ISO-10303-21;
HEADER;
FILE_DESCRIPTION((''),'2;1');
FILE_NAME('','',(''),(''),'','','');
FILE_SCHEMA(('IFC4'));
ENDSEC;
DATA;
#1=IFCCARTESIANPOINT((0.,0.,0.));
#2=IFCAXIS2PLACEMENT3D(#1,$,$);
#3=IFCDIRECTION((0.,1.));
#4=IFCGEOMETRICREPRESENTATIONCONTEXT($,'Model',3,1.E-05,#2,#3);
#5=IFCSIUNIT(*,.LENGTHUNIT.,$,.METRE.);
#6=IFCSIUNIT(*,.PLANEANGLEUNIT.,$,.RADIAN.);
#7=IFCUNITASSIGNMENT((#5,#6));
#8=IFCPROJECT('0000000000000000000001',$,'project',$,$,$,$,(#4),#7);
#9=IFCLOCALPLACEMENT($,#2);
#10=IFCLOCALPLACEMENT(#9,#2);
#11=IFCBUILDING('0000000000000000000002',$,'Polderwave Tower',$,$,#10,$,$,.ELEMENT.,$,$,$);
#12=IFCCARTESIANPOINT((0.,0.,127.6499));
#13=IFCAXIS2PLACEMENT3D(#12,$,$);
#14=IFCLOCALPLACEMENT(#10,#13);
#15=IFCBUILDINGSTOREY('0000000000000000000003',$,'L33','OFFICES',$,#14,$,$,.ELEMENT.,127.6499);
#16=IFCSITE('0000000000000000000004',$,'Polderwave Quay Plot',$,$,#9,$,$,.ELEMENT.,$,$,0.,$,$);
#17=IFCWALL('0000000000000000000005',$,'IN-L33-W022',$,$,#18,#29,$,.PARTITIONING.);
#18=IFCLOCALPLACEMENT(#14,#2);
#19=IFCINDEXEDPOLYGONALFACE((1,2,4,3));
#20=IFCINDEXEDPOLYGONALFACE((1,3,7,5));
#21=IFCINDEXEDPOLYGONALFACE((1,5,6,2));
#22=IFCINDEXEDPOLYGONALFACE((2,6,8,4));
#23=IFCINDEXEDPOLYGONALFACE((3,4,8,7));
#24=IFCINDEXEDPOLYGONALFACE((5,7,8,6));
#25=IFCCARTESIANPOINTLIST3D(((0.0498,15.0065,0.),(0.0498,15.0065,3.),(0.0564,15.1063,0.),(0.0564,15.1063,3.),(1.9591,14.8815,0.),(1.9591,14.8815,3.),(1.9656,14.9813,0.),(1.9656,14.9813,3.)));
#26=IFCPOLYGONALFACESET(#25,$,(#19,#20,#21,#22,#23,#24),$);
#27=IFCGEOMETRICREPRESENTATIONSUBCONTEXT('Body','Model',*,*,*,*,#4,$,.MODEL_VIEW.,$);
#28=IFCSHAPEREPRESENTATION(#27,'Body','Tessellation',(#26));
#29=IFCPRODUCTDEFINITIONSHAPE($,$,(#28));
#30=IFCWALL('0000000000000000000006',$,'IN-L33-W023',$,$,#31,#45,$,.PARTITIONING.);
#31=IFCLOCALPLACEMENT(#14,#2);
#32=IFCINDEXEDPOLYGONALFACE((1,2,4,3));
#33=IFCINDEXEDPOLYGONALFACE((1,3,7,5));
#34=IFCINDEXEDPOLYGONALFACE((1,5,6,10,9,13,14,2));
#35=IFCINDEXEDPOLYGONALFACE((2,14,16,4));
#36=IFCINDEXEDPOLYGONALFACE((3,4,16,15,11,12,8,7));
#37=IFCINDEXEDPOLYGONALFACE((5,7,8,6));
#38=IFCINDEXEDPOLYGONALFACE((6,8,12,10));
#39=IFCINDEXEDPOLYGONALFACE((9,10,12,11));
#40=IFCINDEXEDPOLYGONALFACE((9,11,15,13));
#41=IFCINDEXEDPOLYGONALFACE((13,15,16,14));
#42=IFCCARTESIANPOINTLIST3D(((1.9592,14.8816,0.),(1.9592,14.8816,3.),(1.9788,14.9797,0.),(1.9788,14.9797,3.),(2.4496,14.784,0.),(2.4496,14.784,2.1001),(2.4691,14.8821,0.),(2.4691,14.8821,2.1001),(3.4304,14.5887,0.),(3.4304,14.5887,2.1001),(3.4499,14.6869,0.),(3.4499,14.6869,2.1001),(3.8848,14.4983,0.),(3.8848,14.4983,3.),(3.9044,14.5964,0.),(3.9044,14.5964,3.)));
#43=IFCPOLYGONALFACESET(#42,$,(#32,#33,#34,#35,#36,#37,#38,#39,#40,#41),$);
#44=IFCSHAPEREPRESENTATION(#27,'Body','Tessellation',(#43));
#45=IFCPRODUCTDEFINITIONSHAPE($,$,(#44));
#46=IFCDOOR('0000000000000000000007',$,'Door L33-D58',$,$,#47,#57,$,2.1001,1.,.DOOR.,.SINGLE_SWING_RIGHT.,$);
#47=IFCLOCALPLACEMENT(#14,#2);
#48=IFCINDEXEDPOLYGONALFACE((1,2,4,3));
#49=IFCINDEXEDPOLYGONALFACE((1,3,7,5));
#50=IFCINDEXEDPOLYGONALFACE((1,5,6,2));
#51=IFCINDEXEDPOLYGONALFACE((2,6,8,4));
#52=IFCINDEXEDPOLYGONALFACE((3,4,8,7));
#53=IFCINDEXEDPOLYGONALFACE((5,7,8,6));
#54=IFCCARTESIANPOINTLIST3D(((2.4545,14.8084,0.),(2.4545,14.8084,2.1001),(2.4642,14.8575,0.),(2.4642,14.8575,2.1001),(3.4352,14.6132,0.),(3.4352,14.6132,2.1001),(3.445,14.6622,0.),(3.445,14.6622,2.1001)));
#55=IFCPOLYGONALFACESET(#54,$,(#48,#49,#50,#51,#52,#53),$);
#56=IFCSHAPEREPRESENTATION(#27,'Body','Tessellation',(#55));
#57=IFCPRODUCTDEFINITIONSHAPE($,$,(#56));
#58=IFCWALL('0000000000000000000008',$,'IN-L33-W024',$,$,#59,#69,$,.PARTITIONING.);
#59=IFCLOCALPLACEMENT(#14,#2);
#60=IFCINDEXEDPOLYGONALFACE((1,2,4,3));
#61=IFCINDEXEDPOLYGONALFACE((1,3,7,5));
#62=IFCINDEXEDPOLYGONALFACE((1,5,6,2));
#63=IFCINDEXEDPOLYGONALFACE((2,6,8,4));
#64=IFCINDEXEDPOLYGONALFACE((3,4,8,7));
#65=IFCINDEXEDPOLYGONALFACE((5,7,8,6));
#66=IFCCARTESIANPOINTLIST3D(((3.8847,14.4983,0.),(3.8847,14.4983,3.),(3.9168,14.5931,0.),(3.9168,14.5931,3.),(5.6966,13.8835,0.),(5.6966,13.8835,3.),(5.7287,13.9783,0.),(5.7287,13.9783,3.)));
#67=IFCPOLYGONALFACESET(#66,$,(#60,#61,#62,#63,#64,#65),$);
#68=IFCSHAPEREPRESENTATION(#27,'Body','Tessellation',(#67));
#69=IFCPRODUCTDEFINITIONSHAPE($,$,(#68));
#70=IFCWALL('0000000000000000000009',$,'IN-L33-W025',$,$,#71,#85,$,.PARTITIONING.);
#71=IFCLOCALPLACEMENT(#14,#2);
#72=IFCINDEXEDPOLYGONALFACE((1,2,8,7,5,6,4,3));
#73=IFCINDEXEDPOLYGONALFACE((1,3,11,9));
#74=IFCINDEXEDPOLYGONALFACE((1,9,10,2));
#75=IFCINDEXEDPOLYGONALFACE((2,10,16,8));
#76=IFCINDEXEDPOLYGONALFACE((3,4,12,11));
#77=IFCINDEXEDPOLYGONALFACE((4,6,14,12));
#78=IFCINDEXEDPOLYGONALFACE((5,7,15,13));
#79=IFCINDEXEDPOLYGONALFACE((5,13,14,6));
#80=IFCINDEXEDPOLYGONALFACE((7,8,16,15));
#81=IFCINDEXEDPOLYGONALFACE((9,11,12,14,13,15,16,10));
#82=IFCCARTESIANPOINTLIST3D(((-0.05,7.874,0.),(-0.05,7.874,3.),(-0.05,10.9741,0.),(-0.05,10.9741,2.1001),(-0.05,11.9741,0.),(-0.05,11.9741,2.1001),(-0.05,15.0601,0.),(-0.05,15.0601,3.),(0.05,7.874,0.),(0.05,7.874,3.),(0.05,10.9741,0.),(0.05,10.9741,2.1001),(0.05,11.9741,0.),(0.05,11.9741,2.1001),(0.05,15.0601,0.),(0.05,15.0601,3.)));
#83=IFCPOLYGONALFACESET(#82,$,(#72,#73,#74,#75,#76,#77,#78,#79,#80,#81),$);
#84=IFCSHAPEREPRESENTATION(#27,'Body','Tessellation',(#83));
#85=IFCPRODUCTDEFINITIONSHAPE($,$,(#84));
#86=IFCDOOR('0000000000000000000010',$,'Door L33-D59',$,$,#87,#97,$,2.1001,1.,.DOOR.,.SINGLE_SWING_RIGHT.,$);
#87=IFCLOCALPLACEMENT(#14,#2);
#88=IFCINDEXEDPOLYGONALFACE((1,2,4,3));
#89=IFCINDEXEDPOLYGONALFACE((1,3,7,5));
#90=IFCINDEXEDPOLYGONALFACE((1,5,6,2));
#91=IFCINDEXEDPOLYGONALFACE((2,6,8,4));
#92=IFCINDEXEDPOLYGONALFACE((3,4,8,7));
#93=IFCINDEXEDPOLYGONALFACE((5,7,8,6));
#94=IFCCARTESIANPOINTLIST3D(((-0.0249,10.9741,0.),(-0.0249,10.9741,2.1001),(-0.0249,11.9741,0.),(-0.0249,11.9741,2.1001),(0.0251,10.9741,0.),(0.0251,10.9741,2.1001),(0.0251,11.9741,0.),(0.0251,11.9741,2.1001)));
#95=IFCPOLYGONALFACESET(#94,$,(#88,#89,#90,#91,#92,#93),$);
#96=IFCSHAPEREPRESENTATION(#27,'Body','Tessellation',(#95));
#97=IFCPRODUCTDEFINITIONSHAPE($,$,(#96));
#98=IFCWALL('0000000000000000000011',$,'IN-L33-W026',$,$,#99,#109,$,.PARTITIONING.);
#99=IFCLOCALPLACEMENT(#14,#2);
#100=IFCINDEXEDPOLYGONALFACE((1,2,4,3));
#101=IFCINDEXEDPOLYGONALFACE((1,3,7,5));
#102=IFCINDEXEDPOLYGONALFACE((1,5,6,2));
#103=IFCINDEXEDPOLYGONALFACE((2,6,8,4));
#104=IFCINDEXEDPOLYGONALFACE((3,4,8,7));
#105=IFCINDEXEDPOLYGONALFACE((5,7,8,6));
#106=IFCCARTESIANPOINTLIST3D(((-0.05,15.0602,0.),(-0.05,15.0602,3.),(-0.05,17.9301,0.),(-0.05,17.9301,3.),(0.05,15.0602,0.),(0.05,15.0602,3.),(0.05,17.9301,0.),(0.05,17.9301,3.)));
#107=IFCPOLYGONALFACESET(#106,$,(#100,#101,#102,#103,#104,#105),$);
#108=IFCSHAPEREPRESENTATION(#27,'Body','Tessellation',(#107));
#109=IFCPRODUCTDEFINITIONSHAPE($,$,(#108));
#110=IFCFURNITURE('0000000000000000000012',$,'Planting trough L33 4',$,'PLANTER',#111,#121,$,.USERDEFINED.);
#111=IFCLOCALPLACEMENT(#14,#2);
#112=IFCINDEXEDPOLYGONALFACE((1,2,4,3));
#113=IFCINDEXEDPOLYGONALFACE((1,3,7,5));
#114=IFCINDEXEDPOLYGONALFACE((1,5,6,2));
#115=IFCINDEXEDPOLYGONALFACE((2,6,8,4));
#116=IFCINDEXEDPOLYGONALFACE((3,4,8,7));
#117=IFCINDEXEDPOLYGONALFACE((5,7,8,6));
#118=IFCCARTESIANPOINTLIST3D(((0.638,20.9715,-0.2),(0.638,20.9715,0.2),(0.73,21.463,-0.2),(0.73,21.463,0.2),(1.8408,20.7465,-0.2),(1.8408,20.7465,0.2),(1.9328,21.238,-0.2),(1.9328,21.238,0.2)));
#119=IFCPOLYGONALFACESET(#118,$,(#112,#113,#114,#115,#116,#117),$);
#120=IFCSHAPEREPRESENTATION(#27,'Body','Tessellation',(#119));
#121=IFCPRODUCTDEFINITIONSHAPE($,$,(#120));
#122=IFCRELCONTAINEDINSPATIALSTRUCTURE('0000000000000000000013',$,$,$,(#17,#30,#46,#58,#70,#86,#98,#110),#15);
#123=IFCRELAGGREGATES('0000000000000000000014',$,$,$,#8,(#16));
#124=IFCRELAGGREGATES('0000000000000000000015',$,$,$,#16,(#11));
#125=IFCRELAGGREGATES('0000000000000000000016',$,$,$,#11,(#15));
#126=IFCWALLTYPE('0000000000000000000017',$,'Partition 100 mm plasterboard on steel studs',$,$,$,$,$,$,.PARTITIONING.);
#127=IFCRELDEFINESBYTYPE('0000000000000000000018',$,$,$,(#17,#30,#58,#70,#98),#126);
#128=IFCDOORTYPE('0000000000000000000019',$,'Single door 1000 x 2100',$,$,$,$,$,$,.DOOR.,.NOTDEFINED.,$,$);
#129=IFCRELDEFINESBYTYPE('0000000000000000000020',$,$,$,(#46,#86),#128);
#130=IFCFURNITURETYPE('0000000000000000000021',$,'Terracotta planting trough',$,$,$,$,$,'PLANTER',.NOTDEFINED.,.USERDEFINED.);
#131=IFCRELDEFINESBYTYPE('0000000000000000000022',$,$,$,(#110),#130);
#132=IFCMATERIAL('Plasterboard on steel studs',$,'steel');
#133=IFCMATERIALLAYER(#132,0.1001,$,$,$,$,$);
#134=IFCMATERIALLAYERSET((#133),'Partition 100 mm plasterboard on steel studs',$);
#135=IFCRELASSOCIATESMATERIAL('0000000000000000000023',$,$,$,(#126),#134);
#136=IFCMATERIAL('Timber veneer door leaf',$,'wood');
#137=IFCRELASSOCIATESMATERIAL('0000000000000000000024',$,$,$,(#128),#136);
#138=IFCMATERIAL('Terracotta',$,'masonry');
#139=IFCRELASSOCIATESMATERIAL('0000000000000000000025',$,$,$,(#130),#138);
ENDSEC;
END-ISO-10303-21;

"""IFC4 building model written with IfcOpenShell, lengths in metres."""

from ifc_helpers import new_model, si_unit, direction, frame, frame_2d, origin, origin_2d, place, context, subcontext, project, spatial, rectangle, extrude, material, layer, layer_set, type_object, element, fill, save


model = new_model("IFC4")

# Units and contexts
model_context = context("Model", 3, precision=1e-05, world=origin(), true_north=direction((0.0, 1.0)))
body_context = subcontext(model_context, "Body", "Model", "MODEL_VIEW")
ifc_project = project(units=[si_unit("LENGTHUNIT", "METRE"), si_unit("PLANEANGLEUNIT", "RADIAN")], contexts=[model_context])

# Site, building, storey
site_placement = place(None, origin())
site = spatial("IfcSite", under=ifc_project, at=site_placement, Name="Polderwave Quay Plot", CompositionType="ELEMENT", RefElevation=0.0)
building_placement = place(site_placement, origin())
building = spatial("IfcBuilding", under=site, at=building_placement, Name="Polderwave Tower", CompositionType="ELEMENT")
storey_placement = place(building_placement, frame((0.0, 0.0, 127.6499)))
storey = spatial("IfcBuildingStorey", under=building, at=storey_placement, Name="L33", Description="OFFICES", CompositionType="ELEMENT", Elevation=127.6499)

# Shared definitions
ifc_material_1 = material(Name="Plasterboard on steel studs", Category="steel")
ifc_layer_1 = layer(ifc_material_1, 0.1001)
ifc_layer_set_1 = layer_set([ifc_layer_1], Name="Partition 100 mm plasterboard on steel studs")
wall_type_1 = type_object("IfcWallType", Name="Partition 100 mm plasterboard on steel studs", PredefinedType="PARTITIONING", material=ifc_layer_set_1)
ifc_material_2 = material(Name="Timber veneer door leaf", Category="wood")
door_type = type_object("IfcDoorType", Name="Single door 1000 x 2100", OperationType="NOTDEFINED", PredefinedType="DOOR", material=ifc_material_2)

# Wall
wall_1_placement = place(storey_placement, frame((0.0532, 15.0564, 0.0), z_axis=(0.0, 0.0, 1.0), x_axis=(0.997864, -0.065333, 0.0)))
element("IfcWall", 1, at=wall_1_placement, inside=storey, type_object=wall_type_1, Name="IN-L33-W022", PredefinedType="PARTITIONING", context=body_context, shape_type="SweptSolid", body=[
    extrude(rectangle(XDim=1.9133, YDim=0.1001, at=frame_2d((0.9565, 0.0))), origin(), (0.0, 0.0, 1.0), 3.0),
])

# Wall, opening, door
wall_2_placement = place(storey_placement, frame((1.969, 14.9307, 0.0), z_axis=(0.0, 0.0, 1.0), x_axis=(0.980757, -0.195231, 0.0)))
wall_2 = element("IfcWall", 2, at=wall_2_placement, inside=storey, type_object=wall_type_1, Name="IN-L33-W023", PredefinedType="PARTITIONING", context=body_context, shape_type="SweptSolid", body=[
    extrude(rectangle(XDim=1.9634, YDim=0.1001, at=frame_2d((0.9817, 0.0))), origin(), (0.0, 0.0, 1.0), 3.0),
])
opening_1_placement = place(wall_2_placement, frame((0.5, 0.0, 0.0)))
opening_1 = element("IfcOpeningElement", 3, at=opening_1_placement, cuts=wall_2, PredefinedType="OPENING", context=body_context, shape_type="SweptSolid", body=[
    extrude(rectangle(XDim=1.0, YDim=2.1001, at=frame_2d((0.5, 1.05))), frame((0.0, 0.0601, 0.0), z_axis=(0.0, -1.0, 0.0), x_axis=(1.0, 0.0, 0.0)), (0.0, 0.0, 1.0), 0.1201),
])
door_1_placement = place(opening_1_placement, origin())
door_1 = element("IfcDoor", 4, at=door_1_placement, inside=storey, type_object=door_type, Name="Door L33-D58", OperationType="SINGLE_SWING_RIGHT", OverallHeight=2.1001, OverallWidth=1.0, PredefinedType="DOOR", context=body_context, shape_type="SweptSolid", body=[
    extrude(rectangle(XDim=1.0, YDim=2.1001, at=frame_2d((0.5, 1.05))), frame((0.0, 0.0249, 0.0), z_axis=(0.0, -1.0, 0.0), x_axis=(1.0, 0.0, 0.0)), (0.0, 0.0, 1.0), 0.05),
])
fill(opening_1, door_1)

# Wall
wall_3_placement = place(storey_placement, frame((3.9009, 14.5457, 0.0), z_axis=(0.0, 0.0, 1.0), x_axis=(0.946972, -0.321315, 0.0)))
element("IfcWall", 5, at=wall_3_placement, inside=storey, type_object=wall_type_1, Name="IN-L33-W024", PredefinedType="PARTITIONING", context=body_context, shape_type="SweptSolid", body=[
    extrude(rectangle(XDim=1.9133, YDim=0.1001, at=frame_2d((0.9565, 0.0))), origin(), (0.0, 0.0, 1.0), 3.0),
])

# Wall, opening, door
wall_4_placement = place(storey_placement, frame((0.0, 7.874, 0.0), z_axis=(0.0, 0.0, 1.0), x_axis=(0.0, 1.0, 0.0)))
wall_4 = element("IfcWall", 6, at=wall_4_placement, inside=storey, type_object=wall_type_1, Name="IN-L33-W025", PredefinedType="PARTITIONING", context=body_context, shape_type="SweptSolid", body=[
    extrude(rectangle(XDim=7.186, YDim=0.1001, at=frame_2d((3.593, 0.0))), origin(), (0.0, 0.0, 1.0), 3.0),
])
opening_2_placement = place(wall_4_placement, frame((3.1001, 0.0, 0.0)))
opening_2 = element("IfcOpeningElement", 7, at=opening_2_placement, cuts=wall_4, PredefinedType="OPENING", context=body_context, shape_type="SweptSolid", body=[
    extrude(rectangle(XDim=1.0, YDim=2.1001, at=frame_2d((0.5, 1.05))), frame((0.0, 0.0601, 0.0), z_axis=(0.0, -1.0, 0.0), x_axis=(1.0, 0.0, 0.0)), (0.0, 0.0, 1.0), 0.1201),
])
door_2_placement = place(opening_2_placement, origin())
door_2 = element("IfcDoor", 8, at=door_2_placement, inside=storey, type_object=door_type, Name="Door L33-D59", OperationType="SINGLE_SWING_RIGHT", OverallHeight=2.1001, OverallWidth=1.0, PredefinedType="DOOR", context=body_context, shape_type="SweptSolid", body=[
    extrude(rectangle(XDim=1.0, YDim=2.1001, at=frame_2d((0.5, 1.05))), frame((0.0, 0.0249, 0.0), z_axis=(0.0, -1.0, 0.0), x_axis=(1.0, 0.0, 0.0)), (0.0, 0.0, 1.0), 0.05),
])
fill(opening_2, door_2)

# Wall
wall_5_placement = place(storey_placement, frame((0.0, 15.0601, 0.0), z_axis=(0.0, 0.0, 1.0), x_axis=(0.0, 1.0, 0.0)))
element("IfcWall", 9, at=wall_5_placement, inside=storey, type_object=wall_type_1, Name="IN-L33-W026", PredefinedType="PARTITIONING", context=body_context, shape_type="SweptSolid", body=[
    extrude(rectangle(XDim=2.8699, YDim=0.1001, at=frame_2d((1.4351, 0.0))), origin(), (0.0, 0.0, 1.0), 3.0),
])

# Furniture
ifc_material_3 = material(Name="Terracotta", Category="masonry")
furniture_type = type_object("IfcFurnitureType", Name="Terracotta planting trough", ElementType="PLANTER", AssemblyPlace="NOTDEFINED", PredefinedType="USERDEFINED", material=ifc_material_3)
furniture_placement = place(storey_placement, frame((1.2854, 21.1047, -0.2), z_axis=(0.0, 0.0, 1.0), x_axis=(-0.982949, 0.183876, 0.0)))
element("IfcFurniture", 10, at=furniture_placement, inside=storey, type_object=furniture_type, Name="Planting trough L33 4", ObjectType="PLANTER", PredefinedType="USERDEFINED", context=body_context, shape_type="SweptSolid", body=[
    extrude(rectangle(XDim=1.2236, YDim=0.5, at=origin_2d()), origin(), (0.0, 0.0, 1.0), 0.3999),
])

save(model, "model.ifc")
